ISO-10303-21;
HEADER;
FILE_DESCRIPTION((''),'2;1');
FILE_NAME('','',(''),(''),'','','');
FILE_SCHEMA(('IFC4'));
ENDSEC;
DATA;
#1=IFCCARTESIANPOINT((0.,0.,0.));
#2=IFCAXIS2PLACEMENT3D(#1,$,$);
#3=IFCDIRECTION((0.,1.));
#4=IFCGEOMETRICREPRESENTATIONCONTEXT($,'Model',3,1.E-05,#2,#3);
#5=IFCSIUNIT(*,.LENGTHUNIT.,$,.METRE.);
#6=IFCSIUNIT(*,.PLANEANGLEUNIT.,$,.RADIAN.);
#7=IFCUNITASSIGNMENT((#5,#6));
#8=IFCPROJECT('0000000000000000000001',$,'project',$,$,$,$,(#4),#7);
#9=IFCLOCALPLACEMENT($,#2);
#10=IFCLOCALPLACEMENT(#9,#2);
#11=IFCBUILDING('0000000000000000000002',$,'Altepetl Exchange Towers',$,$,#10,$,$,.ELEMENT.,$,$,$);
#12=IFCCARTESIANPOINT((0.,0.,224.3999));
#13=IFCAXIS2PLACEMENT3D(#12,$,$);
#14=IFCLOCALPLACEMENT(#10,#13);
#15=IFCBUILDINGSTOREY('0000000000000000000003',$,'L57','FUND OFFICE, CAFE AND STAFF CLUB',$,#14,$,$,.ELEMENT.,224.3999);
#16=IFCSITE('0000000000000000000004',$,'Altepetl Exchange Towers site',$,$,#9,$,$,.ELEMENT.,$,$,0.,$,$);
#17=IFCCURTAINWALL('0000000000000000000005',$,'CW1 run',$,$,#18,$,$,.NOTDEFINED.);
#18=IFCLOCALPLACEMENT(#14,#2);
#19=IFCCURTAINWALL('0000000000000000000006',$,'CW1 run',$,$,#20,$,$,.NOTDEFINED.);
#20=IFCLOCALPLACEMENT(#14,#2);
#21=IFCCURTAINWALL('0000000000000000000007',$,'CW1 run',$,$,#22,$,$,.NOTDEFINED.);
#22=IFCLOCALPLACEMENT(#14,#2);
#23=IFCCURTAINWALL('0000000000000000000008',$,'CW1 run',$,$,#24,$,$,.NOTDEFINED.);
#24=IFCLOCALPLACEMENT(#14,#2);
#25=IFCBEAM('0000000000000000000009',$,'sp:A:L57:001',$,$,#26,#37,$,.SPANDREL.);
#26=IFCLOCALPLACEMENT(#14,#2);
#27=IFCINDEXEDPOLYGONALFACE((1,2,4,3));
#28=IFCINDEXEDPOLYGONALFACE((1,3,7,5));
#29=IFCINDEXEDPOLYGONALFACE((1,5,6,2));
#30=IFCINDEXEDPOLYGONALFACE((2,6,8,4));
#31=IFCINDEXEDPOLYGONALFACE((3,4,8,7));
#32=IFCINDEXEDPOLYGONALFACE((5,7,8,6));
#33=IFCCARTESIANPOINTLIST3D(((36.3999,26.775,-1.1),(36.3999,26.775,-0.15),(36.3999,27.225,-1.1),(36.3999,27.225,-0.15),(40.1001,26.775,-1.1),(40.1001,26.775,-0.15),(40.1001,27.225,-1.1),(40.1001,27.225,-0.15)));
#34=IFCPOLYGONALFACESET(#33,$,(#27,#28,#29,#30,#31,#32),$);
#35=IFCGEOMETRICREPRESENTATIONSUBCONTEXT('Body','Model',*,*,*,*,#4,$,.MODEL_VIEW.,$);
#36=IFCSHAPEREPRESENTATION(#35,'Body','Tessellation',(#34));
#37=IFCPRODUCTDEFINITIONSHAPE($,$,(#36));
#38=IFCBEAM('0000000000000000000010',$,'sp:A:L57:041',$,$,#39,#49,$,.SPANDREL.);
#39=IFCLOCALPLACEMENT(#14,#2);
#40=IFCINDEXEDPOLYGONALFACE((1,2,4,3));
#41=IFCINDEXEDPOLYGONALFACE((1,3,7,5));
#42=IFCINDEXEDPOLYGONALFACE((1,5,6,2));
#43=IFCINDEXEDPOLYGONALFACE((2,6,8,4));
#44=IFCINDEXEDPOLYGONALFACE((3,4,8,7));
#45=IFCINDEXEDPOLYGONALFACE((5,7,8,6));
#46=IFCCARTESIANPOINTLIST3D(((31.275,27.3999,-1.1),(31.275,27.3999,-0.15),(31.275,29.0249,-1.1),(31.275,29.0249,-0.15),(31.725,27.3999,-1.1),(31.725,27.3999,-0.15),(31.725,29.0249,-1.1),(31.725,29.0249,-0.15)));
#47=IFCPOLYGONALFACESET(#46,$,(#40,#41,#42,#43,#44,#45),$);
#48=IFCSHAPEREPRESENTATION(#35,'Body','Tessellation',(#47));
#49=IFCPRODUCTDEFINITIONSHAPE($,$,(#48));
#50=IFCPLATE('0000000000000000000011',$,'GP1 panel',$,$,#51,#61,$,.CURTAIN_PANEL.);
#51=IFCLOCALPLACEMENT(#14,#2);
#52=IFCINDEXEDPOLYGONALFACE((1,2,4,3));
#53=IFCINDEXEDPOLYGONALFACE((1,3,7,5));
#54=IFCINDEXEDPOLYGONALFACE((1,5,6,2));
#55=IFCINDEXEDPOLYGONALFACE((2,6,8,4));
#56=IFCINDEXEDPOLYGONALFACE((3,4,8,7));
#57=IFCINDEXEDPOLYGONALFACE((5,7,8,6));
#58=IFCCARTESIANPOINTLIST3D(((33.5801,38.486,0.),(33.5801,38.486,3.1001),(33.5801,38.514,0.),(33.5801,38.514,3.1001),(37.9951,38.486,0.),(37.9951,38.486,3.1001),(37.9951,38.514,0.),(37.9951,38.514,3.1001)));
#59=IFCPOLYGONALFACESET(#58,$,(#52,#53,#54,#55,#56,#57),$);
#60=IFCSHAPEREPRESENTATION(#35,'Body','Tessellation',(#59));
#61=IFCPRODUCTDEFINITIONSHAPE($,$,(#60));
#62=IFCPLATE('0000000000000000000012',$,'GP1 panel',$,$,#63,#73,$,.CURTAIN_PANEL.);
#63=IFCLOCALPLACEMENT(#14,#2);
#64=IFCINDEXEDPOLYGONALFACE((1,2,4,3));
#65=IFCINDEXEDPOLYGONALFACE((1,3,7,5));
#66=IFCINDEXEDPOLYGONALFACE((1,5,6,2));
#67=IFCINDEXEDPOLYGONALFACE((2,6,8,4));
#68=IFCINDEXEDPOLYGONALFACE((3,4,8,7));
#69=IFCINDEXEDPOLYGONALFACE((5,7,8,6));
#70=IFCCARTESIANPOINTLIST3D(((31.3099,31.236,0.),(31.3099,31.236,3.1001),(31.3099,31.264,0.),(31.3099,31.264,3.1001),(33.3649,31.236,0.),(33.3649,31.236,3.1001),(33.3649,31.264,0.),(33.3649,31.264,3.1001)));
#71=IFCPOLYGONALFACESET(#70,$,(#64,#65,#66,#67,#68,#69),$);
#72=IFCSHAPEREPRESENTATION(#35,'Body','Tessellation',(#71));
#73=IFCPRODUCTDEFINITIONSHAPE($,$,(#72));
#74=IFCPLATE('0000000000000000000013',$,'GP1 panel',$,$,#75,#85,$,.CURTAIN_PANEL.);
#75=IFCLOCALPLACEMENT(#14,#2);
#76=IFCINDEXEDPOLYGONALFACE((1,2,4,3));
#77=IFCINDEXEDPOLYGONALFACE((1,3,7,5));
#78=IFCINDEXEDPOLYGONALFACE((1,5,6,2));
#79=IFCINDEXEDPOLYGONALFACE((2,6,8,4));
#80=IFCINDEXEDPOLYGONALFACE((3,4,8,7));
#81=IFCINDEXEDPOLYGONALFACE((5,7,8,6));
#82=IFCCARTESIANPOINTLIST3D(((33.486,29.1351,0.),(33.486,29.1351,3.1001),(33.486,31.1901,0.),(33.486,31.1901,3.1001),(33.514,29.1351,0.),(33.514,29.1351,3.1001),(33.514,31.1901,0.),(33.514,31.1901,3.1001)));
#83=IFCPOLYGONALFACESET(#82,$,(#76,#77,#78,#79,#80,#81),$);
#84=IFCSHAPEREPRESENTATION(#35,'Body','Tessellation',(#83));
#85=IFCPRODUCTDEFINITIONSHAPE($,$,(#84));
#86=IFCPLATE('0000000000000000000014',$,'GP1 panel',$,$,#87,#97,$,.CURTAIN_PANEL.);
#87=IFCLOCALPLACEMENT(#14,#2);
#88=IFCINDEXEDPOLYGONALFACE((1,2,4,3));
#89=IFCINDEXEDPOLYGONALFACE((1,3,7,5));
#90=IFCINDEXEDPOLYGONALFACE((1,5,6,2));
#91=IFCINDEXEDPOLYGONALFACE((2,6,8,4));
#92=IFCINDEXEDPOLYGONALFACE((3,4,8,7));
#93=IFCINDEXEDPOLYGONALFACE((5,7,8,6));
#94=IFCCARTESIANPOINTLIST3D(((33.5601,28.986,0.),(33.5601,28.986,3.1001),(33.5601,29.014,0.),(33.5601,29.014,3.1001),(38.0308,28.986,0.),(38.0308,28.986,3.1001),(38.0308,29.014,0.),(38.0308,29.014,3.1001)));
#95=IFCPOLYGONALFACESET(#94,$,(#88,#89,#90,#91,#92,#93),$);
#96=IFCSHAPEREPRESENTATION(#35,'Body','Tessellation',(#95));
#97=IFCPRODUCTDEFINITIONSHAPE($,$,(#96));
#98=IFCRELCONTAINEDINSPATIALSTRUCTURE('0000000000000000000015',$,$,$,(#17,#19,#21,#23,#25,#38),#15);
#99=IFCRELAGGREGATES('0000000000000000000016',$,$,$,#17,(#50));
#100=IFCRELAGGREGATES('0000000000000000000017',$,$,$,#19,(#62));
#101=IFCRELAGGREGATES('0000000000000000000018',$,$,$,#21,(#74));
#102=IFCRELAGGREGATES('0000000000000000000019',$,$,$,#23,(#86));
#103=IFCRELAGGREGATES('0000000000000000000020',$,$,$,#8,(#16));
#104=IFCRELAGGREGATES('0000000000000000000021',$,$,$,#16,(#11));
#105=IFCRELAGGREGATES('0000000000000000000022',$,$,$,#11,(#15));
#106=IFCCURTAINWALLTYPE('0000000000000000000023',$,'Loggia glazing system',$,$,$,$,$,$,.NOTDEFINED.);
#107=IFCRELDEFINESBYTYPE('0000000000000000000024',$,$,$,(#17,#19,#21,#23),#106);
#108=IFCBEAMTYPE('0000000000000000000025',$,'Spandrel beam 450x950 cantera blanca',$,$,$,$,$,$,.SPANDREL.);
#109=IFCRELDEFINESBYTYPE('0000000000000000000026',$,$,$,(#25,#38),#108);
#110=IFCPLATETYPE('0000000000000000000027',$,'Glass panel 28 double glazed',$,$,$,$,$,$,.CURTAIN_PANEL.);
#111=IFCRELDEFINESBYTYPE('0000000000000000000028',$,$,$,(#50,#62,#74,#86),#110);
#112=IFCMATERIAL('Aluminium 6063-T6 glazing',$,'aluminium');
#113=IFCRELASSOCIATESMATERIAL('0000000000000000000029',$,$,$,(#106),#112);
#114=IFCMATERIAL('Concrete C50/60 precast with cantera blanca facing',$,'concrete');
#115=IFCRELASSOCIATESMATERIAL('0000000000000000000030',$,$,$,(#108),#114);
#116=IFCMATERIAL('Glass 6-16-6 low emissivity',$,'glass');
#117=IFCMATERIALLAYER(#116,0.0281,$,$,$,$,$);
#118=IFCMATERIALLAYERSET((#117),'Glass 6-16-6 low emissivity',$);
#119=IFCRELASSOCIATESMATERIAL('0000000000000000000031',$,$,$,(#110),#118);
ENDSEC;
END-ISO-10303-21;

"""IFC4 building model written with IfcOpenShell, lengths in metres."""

from ifc_helpers import new_model, si_unit, direction, frame, origin, origin_2d, place, context, subcontext, project, spatial, rectangle, extrude, material, layer, layer_set, material_profile, profile_set, type_object, element, aggregate, save


model = new_model("IFC4")

# Units and contexts
model_context = context("Model", 3, precision=1e-05, world=origin(), true_north=direction((0.0, 1.0)))
body_context = subcontext(model_context, "Body", "Model", "MODEL_VIEW")
ifc_project = project(units=[si_unit("LENGTHUNIT", "METRE"), si_unit("PLANEANGLEUNIT", "RADIAN")], contexts=[model_context])

# Site, building, storey
site_placement = place(None, origin())
site = spatial("IfcSite", under=ifc_project, at=site_placement, Name="Altepetl Exchange Towers site", CompositionType="ELEMENT", RefElevation=0.0)
building_placement = place(site_placement, origin())
building = spatial("IfcBuilding", under=site, at=building_placement, Name="Altepetl Exchange Towers", CompositionType="ELEMENT")
storey_placement = place(building_placement, frame((0.0, 0.0, 224.3999)))
storey = spatial("IfcBuildingStorey", under=building, at=storey_placement, Name="L57", Description="FUND OFFICE, CAFE AND STAFF CLUB", CompositionType="ELEMENT", Elevation=224.3999)

# Curtain walls
ifc_material_1 = material(Name="Aluminium 6063-T6 glazing", Category="aluminium")
curtain_wall_type = type_object("IfcCurtainWallType", Name="Loggia glazing system", PredefinedType="NOTDEFINED", material=ifc_material_1)
curtain_wall_1_placement = place(storey_placement, origin())
curtain_wall_1 = element("IfcCurtainWall", 1, at=curtain_wall_1_placement, inside=storey, type_object=curtain_wall_type, Name="CW1 run", PredefinedType="NOTDEFINED")
curtain_wall_2_placement = place(storey_placement, origin())
curtain_wall_2 = element("IfcCurtainWall", 2, at=curtain_wall_2_placement, inside=storey, type_object=curtain_wall_type, Name="CW1 run", PredefinedType="NOTDEFINED")

# Curtain walls
curtain_wall_3_placement = place(storey_placement, origin())
curtain_wall_3 = element("IfcCurtainWall", 3, at=curtain_wall_3_placement, inside=storey, type_object=curtain_wall_type, Name="CW1 run", PredefinedType="NOTDEFINED")
curtain_wall_4_placement = place(storey_placement, origin())
curtain_wall_4 = element("IfcCurtainWall", 4, at=curtain_wall_4_placement, inside=storey, type_object=curtain_wall_type, Name="CW1 run", PredefinedType="NOTDEFINED")

# Beams
ifc_material_2 = material(Name="Concrete C50/60 precast with cantera blanca facing", Category="concrete")
ifc_material_profile_1 = material_profile(ifc_material_2, rectangle(XDim=0.45, YDim=0.95, at=origin_2d()), Name="450 x 950")
ifc_profile_set_1 = profile_set([ifc_material_profile_1], Name="Concrete C50/60 precast with cantera blanca facing")
beam_type_1 = type_object("IfcBeamType", Name="Spandrel beam 450x950 cantera blanca", PredefinedType="SPANDREL", material=ifc_profile_set_1)
for number, where, z_axis, x_axis, name in (
    (5, (36.3999, 27.0, -0.625), (1.0, 0.0, 0.0), (0.0, 1.0, 0.0), "sp:A:L57:001"),
):
    element("IfcBeam", number, at=place(storey_placement, frame(where, z_axis=z_axis, x_axis=x_axis)), inside=storey, type_object=beam_type_1, Name=name, PredefinedType="SPANDREL", context=body_context, shape_type="SweptSolid", body=[
        extrude(rectangle(XDim=0.45, YDim=0.95, at=origin_2d()), origin(), (0.0, 0.0, 1.0), 3.7002),
    ])
beam_1_placement = place(storey_placement, frame((31.5, 29.0249, -0.625), z_axis=(0.0, -1.0, 0.0), x_axis=(1.0, 0.0, 0.0)))
element("IfcBeam", 6, at=beam_1_placement, inside=storey, type_object=beam_type_1, Name="sp:A:L57:041", PredefinedType="SPANDREL", context=body_context, shape_type="SweptSolid", body=[
    extrude(rectangle(XDim=0.45, YDim=0.95, at=origin_2d()), origin(), (0.0, 0.0, 1.0), 1.625),
])

# Plates
ifc_material_3 = material(Name="Glass 6-16-6 low emissivity", Category="glass")
ifc_layer = layer(ifc_material_3, 0.0281)
ifc_layer_set = layer_set([ifc_layer], Name="Glass 6-16-6 low emissivity")
plate_type = type_object("IfcPlateType", Name="Glass panel 28 double glazed", PredefinedType="CURTAIN_PANEL", material=ifc_layer_set)
plate_1_placement = place(storey_placement, frame((35.7876, 38.5, 0.0), z_axis=(0.0, 0.0, 1.0), x_axis=(-1.0, 0.0, 0.0)))
plate_1 = element("IfcPlate", 7, at=plate_1_placement, type_object=plate_type, Name="GP1 panel", PredefinedType="CURTAIN_PANEL", context=body_context, shape_type="SweptSolid", body=[
    extrude(rectangle(XDim=4.415, YDim=0.0281, at=origin_2d()), origin(), (0.0, 0.0, 1.0), 3.1001),
])
aggregate(curtain_wall_1, [plate_1])
plate_2_placement = place(storey_placement, frame((32.3374, 31.25, 0.0)))
plate_2 = element("IfcPlate", 8, at=plate_2_placement, type_object=plate_type, Name="GP1 panel", PredefinedType="CURTAIN_PANEL", context=body_context, shape_type="SweptSolid", body=[
    extrude(rectangle(XDim=2.0549, YDim=0.0281, at=origin_2d()), origin(), (0.0, 0.0, 1.0), 3.1001),
])
aggregate(curtain_wall_2, [plate_2])
plate_3_placement = place(storey_placement, frame((33.5, 30.1626, 0.0), z_axis=(0.0, 0.0, 1.0), x_axis=(0.0, -1.0, 0.0)))
plate_3 = element("IfcPlate", 9, at=plate_3_placement, type_object=plate_type, Name="GP1 panel", PredefinedType="CURTAIN_PANEL", context=body_context, shape_type="SweptSolid", body=[
    extrude(rectangle(XDim=2.0549, YDim=0.0281, at=origin_2d()), origin(), (0.0, 0.0, 1.0), 3.1001),
])
aggregate(curtain_wall_3, [plate_3])
plate_4_placement = place(storey_placement, frame((35.7954, 29.0, 0.0)))
plate_4 = element("IfcPlate", 10, at=plate_4_placement, type_object=plate_type, Name="GP1 panel", PredefinedType="CURTAIN_PANEL", context=body_context, shape_type="SweptSolid", body=[
    extrude(rectangle(XDim=4.4707, YDim=0.0281, at=origin_2d()), origin(), (0.0, 0.0, 1.0), 3.1001),
])
aggregate(curtain_wall_4, [plate_4])

save(model, "model.ifc")
